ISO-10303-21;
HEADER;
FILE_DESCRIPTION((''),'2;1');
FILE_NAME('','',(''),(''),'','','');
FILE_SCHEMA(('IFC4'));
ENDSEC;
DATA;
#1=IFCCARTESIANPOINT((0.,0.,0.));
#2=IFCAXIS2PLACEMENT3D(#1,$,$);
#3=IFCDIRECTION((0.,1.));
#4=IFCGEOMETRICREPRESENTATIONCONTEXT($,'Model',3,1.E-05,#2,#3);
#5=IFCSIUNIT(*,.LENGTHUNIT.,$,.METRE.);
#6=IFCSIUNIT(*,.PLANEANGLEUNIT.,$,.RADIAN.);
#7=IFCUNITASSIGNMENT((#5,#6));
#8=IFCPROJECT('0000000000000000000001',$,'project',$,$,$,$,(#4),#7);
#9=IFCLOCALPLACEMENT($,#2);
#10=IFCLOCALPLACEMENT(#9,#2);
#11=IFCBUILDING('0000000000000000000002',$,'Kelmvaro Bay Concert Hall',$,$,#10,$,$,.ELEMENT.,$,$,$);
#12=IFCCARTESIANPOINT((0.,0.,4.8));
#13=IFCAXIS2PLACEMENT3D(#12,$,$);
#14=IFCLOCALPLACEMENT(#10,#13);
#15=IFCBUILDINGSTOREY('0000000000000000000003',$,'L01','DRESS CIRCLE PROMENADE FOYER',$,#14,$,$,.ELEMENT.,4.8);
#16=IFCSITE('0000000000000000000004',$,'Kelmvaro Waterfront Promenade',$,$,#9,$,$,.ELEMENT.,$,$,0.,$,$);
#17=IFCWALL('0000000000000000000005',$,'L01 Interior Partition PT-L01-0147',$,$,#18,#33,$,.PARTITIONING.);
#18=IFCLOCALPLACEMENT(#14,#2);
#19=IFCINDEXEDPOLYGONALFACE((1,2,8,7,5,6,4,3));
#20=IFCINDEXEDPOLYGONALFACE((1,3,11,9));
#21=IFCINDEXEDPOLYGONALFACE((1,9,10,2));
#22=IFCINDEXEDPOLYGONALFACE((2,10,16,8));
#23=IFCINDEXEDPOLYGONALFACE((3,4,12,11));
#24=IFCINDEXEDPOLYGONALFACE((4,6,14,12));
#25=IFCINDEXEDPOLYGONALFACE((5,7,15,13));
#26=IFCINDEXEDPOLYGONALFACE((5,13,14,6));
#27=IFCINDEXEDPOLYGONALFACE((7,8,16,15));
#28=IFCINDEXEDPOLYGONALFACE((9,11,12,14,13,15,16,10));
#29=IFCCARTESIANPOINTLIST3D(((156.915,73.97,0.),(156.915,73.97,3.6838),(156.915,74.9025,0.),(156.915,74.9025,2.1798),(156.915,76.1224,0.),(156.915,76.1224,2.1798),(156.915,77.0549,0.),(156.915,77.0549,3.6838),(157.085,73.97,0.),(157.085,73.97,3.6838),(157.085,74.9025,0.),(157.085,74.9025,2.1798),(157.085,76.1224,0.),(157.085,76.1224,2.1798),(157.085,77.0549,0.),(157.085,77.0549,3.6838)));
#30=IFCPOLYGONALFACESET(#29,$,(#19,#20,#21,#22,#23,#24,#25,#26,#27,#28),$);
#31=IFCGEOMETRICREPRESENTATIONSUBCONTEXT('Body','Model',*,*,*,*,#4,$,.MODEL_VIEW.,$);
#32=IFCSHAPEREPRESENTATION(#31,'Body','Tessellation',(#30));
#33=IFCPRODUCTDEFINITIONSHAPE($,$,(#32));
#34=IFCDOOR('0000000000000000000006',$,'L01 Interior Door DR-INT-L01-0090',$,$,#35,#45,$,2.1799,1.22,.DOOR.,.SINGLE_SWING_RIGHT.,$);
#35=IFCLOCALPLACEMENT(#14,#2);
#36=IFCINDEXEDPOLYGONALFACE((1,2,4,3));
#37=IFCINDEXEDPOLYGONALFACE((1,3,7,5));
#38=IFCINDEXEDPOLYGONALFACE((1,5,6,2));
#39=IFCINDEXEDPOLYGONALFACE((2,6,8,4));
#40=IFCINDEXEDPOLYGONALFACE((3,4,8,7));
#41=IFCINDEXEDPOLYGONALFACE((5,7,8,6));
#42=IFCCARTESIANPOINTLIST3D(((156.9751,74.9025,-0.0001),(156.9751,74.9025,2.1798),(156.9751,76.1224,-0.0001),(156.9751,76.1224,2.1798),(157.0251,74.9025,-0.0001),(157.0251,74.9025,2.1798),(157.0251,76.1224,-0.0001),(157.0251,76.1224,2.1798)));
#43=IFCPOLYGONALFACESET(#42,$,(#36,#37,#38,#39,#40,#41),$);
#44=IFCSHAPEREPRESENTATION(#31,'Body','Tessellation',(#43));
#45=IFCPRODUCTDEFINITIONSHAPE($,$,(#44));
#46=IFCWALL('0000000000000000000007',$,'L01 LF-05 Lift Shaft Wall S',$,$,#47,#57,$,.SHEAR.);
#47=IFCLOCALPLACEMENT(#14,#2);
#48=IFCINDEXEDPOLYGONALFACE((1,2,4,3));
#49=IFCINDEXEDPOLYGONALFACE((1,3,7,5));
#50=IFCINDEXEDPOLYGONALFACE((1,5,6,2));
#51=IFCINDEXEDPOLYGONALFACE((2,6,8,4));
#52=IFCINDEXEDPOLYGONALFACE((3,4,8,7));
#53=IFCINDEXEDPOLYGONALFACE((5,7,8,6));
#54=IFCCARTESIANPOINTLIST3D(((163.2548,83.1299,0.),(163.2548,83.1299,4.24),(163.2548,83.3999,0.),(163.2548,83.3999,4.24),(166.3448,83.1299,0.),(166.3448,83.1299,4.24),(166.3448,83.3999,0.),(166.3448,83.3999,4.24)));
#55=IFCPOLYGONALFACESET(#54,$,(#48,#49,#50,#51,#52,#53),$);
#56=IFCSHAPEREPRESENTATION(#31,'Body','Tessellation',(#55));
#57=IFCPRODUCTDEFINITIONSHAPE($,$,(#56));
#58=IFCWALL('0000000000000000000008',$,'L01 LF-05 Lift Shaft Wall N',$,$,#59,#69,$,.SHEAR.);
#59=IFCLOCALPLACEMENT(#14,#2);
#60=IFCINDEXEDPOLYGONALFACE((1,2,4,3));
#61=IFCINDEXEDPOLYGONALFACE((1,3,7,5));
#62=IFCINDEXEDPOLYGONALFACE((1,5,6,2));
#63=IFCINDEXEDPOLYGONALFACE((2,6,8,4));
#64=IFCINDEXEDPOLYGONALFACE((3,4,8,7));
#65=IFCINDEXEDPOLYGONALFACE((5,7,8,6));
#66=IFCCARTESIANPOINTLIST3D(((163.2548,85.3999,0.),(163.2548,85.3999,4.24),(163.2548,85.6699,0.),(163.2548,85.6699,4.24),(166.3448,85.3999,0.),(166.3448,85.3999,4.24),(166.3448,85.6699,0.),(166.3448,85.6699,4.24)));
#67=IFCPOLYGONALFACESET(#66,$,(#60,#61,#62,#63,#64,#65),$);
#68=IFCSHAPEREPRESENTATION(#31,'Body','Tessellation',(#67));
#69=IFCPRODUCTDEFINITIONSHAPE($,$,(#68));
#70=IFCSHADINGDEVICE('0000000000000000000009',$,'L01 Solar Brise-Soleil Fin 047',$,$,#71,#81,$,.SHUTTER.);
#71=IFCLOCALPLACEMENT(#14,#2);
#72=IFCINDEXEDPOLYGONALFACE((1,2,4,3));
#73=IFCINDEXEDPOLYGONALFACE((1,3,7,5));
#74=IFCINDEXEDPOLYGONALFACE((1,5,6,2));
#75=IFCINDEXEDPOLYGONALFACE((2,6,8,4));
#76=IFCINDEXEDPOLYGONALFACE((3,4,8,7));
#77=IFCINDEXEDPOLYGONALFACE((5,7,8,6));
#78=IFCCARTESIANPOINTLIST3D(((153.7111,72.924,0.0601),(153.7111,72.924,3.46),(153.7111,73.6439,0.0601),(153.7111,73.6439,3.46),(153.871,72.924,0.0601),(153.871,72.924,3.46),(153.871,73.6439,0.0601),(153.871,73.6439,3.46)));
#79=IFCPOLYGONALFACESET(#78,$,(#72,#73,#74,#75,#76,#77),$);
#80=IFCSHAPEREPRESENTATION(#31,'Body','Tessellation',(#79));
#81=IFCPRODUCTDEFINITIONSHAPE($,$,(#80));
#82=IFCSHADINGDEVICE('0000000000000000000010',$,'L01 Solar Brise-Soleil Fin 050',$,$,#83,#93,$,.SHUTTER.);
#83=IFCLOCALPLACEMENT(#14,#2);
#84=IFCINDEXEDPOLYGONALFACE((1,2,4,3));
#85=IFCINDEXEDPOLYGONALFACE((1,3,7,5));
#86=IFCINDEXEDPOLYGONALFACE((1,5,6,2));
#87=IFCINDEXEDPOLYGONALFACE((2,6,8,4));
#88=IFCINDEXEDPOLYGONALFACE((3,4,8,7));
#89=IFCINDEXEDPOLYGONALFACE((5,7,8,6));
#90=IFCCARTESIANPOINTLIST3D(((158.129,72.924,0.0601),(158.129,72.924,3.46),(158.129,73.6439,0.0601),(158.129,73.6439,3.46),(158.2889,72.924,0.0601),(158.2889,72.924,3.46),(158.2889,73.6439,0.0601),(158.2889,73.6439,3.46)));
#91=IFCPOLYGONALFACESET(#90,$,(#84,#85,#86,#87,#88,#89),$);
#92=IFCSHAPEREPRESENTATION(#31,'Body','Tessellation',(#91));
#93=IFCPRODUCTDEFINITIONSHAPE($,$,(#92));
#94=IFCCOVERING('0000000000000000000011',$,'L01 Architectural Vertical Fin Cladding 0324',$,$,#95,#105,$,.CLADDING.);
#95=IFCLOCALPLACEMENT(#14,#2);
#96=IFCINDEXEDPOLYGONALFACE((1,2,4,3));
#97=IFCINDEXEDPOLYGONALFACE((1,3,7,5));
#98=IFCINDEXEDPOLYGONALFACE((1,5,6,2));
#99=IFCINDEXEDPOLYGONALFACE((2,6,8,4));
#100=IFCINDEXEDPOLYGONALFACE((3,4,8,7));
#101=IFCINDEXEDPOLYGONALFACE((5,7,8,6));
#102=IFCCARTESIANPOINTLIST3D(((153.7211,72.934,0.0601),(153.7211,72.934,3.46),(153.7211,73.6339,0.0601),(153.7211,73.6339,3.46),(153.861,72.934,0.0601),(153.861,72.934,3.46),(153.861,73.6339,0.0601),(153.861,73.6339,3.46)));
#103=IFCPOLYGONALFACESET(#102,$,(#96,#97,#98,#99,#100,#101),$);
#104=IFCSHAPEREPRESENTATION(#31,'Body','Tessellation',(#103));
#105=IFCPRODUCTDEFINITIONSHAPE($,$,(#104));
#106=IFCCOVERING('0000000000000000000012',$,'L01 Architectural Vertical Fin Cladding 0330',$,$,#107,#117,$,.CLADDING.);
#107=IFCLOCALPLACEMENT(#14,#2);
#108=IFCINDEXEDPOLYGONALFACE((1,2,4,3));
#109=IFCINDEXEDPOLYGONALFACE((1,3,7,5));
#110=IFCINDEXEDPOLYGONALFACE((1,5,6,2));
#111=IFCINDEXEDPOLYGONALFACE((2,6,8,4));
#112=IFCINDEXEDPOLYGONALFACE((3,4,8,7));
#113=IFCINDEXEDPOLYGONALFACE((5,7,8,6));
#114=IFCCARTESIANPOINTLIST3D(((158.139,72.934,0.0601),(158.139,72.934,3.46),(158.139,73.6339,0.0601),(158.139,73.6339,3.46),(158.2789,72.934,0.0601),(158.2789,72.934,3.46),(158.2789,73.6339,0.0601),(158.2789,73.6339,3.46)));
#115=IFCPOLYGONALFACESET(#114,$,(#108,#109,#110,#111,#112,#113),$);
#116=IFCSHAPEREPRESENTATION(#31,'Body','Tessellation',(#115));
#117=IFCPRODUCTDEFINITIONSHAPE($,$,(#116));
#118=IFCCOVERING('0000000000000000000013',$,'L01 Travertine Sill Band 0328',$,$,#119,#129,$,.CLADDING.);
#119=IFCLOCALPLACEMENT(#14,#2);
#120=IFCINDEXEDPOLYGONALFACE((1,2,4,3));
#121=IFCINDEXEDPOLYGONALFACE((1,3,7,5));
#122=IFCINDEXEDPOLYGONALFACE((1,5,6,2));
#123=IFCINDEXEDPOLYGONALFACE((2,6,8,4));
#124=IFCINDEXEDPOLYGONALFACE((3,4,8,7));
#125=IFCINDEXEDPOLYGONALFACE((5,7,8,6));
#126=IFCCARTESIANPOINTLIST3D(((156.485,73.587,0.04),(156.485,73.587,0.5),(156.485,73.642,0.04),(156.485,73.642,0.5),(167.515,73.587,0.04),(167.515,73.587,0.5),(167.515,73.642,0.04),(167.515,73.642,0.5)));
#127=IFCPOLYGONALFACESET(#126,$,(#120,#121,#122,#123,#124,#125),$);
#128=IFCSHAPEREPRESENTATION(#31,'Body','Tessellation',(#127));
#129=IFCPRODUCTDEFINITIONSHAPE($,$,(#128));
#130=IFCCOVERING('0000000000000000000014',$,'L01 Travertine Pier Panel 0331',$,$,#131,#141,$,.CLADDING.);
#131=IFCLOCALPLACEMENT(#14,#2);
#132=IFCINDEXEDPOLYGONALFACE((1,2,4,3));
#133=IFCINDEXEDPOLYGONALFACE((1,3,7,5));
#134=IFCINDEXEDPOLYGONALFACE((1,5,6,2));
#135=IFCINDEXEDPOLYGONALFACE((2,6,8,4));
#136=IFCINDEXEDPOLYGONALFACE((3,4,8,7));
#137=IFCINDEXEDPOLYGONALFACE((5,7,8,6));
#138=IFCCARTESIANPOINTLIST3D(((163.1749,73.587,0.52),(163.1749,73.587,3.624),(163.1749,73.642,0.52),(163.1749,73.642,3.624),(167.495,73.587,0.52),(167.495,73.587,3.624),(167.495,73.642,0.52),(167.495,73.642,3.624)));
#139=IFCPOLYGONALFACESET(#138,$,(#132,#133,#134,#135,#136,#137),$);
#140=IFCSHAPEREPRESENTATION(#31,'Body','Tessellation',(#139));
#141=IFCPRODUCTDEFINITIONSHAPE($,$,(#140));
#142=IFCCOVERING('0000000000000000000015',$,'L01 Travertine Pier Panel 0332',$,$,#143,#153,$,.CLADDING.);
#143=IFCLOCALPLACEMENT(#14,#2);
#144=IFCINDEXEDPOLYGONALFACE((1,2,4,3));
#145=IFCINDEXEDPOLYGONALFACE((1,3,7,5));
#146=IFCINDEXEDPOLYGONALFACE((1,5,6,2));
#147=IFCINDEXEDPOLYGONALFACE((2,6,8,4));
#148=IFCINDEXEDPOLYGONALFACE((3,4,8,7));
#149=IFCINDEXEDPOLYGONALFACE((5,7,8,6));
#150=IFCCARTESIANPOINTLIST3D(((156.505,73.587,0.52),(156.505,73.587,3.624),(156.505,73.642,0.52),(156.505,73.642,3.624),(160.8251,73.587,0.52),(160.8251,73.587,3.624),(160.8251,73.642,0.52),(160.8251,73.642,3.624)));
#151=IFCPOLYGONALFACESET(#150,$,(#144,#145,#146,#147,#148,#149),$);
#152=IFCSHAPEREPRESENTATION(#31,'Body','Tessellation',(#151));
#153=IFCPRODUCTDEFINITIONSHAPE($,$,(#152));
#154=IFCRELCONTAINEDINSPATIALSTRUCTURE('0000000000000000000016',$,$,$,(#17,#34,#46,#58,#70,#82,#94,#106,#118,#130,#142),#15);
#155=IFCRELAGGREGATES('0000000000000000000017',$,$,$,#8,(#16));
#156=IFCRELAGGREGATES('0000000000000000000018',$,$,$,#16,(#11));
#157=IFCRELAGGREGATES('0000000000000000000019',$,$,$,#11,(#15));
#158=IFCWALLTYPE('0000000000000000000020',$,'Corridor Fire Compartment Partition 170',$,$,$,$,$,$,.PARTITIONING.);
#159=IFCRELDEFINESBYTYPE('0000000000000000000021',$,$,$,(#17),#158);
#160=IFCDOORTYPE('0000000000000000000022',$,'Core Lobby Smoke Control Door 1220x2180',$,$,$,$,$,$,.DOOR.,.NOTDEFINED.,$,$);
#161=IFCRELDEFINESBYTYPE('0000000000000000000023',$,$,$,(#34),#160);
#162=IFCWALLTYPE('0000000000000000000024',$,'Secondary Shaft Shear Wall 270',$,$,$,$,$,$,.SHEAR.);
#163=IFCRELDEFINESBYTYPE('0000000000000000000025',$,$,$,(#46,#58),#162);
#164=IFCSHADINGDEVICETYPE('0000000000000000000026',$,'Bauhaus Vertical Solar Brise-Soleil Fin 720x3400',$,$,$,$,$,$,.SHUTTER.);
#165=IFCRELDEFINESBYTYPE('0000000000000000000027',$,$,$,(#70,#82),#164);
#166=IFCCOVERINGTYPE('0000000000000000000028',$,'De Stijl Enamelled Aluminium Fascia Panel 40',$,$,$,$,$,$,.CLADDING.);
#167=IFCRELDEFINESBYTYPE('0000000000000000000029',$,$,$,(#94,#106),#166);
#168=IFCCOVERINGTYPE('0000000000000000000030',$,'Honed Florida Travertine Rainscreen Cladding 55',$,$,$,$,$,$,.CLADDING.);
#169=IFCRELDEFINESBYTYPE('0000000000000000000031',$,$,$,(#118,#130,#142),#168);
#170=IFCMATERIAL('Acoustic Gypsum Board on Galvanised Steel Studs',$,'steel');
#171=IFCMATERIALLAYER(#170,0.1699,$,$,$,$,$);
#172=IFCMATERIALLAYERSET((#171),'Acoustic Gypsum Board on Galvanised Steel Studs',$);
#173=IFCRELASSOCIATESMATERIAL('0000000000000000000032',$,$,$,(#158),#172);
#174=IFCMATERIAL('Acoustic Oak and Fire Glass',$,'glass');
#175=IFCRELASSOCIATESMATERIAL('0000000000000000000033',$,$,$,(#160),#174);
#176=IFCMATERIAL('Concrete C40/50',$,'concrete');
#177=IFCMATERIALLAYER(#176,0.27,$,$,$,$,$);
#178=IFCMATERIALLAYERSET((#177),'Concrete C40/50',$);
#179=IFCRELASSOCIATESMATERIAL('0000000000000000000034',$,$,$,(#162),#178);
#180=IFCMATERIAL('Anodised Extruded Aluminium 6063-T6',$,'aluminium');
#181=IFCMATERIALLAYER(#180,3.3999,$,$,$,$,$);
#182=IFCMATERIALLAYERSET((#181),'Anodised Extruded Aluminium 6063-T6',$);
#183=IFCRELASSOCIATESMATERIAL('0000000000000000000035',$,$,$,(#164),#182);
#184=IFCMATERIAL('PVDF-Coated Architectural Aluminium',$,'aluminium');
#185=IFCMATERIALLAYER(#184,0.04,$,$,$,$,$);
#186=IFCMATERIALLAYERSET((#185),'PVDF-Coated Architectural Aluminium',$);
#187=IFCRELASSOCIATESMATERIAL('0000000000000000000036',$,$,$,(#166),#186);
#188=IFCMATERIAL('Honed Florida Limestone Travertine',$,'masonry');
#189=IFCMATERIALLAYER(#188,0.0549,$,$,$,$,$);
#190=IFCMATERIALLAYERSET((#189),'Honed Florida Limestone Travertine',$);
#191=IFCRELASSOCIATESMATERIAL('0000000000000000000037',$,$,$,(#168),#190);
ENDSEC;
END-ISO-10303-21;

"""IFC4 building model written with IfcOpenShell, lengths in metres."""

from ifc_helpers import new_model, si_unit, direction, frame, frame_2d, origin, origin_2d, place, context, subcontext, project, spatial, rectangle, extrude, material, layer, layer_set, type_object, element, fill, save


model = new_model("IFC4")

# Units and contexts
model_context = context("Model", 3, precision=1e-05, world=origin(), true_north=direction((0.0, 1.0)))
body_context = subcontext(model_context, "Body", "Model", "MODEL_VIEW")
ifc_project = project(units=[si_unit("LENGTHUNIT", "METRE"), si_unit("PLANEANGLEUNIT", "RADIAN")], contexts=[model_context])

# Site, building, storey
site_placement = place(None, origin())
site = spatial("IfcSite", under=ifc_project, at=site_placement, Name="Kelmvaro Waterfront Promenade", CompositionType="ELEMENT", RefElevation=0.0)
building_placement = place(site_placement, origin())
building = spatial("IfcBuilding", under=site, at=building_placement, Name="Kelmvaro Bay Concert Hall", CompositionType="ELEMENT")
storey_placement = place(building_placement, frame((0.0, 0.0, 4.8)))
storey = spatial("IfcBuildingStorey", under=building, at=storey_placement, Name="L01", Description="DRESS CIRCLE PROMENADE FOYER", CompositionType="ELEMENT", Elevation=4.8)

# Wall, opening, door
ifc_material_1 = material(Name="Acoustic Gypsum Board on Galvanised Steel Studs", Category="steel")
ifc_layer_1 = layer(ifc_material_1, 0.1699)
ifc_layer_set_1 = layer_set([ifc_layer_1], Name="Acoustic Gypsum Board on Galvanised Steel Studs")
wall_type_1 = type_object("IfcWallType", Name="Corridor Fire Compartment Partition 170", PredefinedType="PARTITIONING", material=ifc_layer_set_1)
wall_1_placement = place(storey_placement, frame((157.0, 73.97, 0.0), z_axis=(0.0, 0.0, 1.0), x_axis=(0.0, 1.0, 0.0)))
wall_1 = element("IfcWall", 1, at=wall_1_placement, inside=storey, type_object=wall_type_1, Name="L01 Interior Partition PT-L01-0147", PredefinedType="PARTITIONING", context=body_context, shape_type="SweptSolid", body=[
    extrude(rectangle(XDim=3.085, YDim=0.1699, at=frame_2d((1.5425, 0.0))), origin(), (0.0, 0.0, 1.0), 3.6838),
])
opening_1_placement = place(wall_1_placement, frame((0.9326, 0.0, 0.0)))
opening_1 = element("IfcOpeningElement", 2, at=opening_1_placement, cuts=wall_1, PredefinedType="OPENING", context=body_context, shape_type="SweptSolid", body=[
    extrude(rectangle(XDim=1.22, YDim=2.1799, at=frame_2d((0.6099, 1.0898))), frame((0.0, 0.095, 0.0), z_axis=(0.0, -1.0, 0.0), x_axis=(1.0, 0.0, 0.0)), (0.0, 0.0, 1.0), 0.1899),
])
ifc_material_2 = material(Name="Acoustic Oak and Fire Glass", Category="glass")
door_type_1 = type_object("IfcDoorType", Name="Core Lobby Smoke Control Door 1220x2180", OperationType="NOTDEFINED", PredefinedType="DOOR", material=ifc_material_2)
door_1_placement = place(opening_1_placement, origin())
door_1 = element("IfcDoor", 3, at=door_1_placement, inside=storey, type_object=door_type_1, Name="L01 Interior Door DR-INT-L01-0090", OperationType="SINGLE_SWING_RIGHT", OverallHeight=2.1799, OverallWidth=1.22, PredefinedType="DOOR", context=body_context, shape_type="SweptSolid", body=[
    extrude(rectangle(XDim=1.22, YDim=2.1799, at=frame_2d((0.6099, 1.0898))), frame((0.0, 0.0249, 0.0), z_axis=(0.0, -1.0, 0.0), x_axis=(1.0, 0.0, 0.0)), (0.0, 0.0, 1.0), 0.05),
])
fill(opening_1, door_1)

# Walls
ifc_material_3 = material(Name="Concrete C40/50", Category="concrete")
ifc_layer_2 = layer(ifc_material_3, 0.27)
ifc_layer_set_2 = layer_set([ifc_layer_2], Name="Concrete C40/50")
wall_type_2 = type_object("IfcWallType", Name="Secondary Shaft Shear Wall 270", PredefinedType="SHEAR", material=ifc_layer_set_2)
for number, where, z_axis, x_axis, name in (
    (4, (163.2549, 83.2649, 0.0), (0.0, 0.0, 1.0), (1.0, 0.0, 0.0), "L01 LF-05 Lift Shaft Wall S"),
    (5, (163.2549, 85.5349, 0.0), (0.0, 0.0, 1.0), (1.0, 0.0, 0.0), "L01 LF-05 Lift Shaft Wall N"),
):
    element("IfcWall", number, at=place(storey_placement, frame(where, z_axis=z_axis, x_axis=x_axis)), inside=storey, type_object=wall_type_2, Name=name, PredefinedType="SHEAR", context=body_context, shape_type="SweptSolid", body=[
        extrude(rectangle(XDim=3.0901, YDim=0.27, at=frame_2d((1.5449, 0.0))), origin(), (0.0, 0.0, 1.0), 4.24),
    ])

# Shading devices
ifc_material_4 = material(Name="Anodised Extruded Aluminium 6063-T6", Category="aluminium")
ifc_layer_3 = layer(ifc_material_4, 3.3999)
ifc_layer_set_3 = layer_set([ifc_layer_3], Name="Anodised Extruded Aluminium 6063-T6")
shading_device_type = type_object("IfcShadingDeviceType", Name="Bauhaus Vertical Solar Brise-Soleil Fin 720x3400", PredefinedType="SHUTTER", material=ifc_layer_set_3)
for number, where, z_axis, x_axis, name in (
    (6, (153.791, 73.2839, 0.0601), (0.0, 0.0, 1.0), (-1.0, 0.0, 0.0), "L01 Solar Brise-Soleil Fin 047"),
    (7, (158.209, 73.2839, 0.0601), (0.0, 0.0, 1.0), (-1.0, 0.0, 0.0), "L01 Solar Brise-Soleil Fin 050"),
):
    element("IfcShadingDevice", number, at=place(storey_placement, frame(where, z_axis=z_axis, x_axis=x_axis)), inside=storey, type_object=shading_device_type, Name=name, PredefinedType="SHUTTER", context=body_context, shape_type="SweptSolid", body=[
        extrude(rectangle(XDim=0.1599, YDim=0.72, at=origin_2d()), origin(), (0.0, 0.0, 1.0), 3.3999),
    ])

# Coverings
ifc_material_5 = material(Name="PVDF-Coated Architectural Aluminium", Category="aluminium")
ifc_layer_4 = layer(ifc_material_5, 0.04)
ifc_layer_set_4 = layer_set([ifc_layer_4], Name="PVDF-Coated Architectural Aluminium")
covering_type_1 = type_object("IfcCoveringType", Name="De Stijl Enamelled Aluminium Fascia Panel 40", PredefinedType="CLADDING", material=ifc_layer_set_4)
for number, where, z_axis, x_axis, name in (
    (8, (153.791, 73.2839, 0.0601), (0.0, 0.0, 1.0), (-1.0, 0.0, 0.0), "L01 Architectural Vertical Fin Cladding 0324"),
    (9, (158.209, 73.2839, 0.0601), (0.0, 0.0, 1.0), (-1.0, 0.0, 0.0), "L01 Architectural Vertical Fin Cladding 0330"),
):
    element("IfcCovering", number, at=place(storey_placement, frame(where, z_axis=z_axis, x_axis=x_axis)), inside=storey, type_object=covering_type_1, Name=name, PredefinedType="CLADDING", context=body_context, shape_type="SweptSolid", body=[
        extrude(rectangle(XDim=0.1399, YDim=0.7, at=origin_2d()), origin(), (0.0, 0.0, 1.0), 3.3999),
    ])
ifc_material_6 = material(Name="Honed Florida Limestone Travertine", Category="masonry")
ifc_layer_5 = layer(ifc_material_6, 0.0549)
ifc_layer_set_5 = layer_set([ifc_layer_5], Name="Honed Florida Limestone Travertine")
covering_type_2 = type_object("IfcCoveringType", Name="Honed Florida Travertine Rainscreen Cladding 55", PredefinedType="CLADDING", material=ifc_layer_set_5)
covering_placement = place(storey_placement, frame((162.0, 73.6145, 0.04), z_axis=(0.0, 0.0, 1.0), x_axis=(-1.0, 0.0, 0.0)))
element("IfcCovering", 10, at=covering_placement, inside=storey, type_object=covering_type_2, Name="L01 Travertine Sill Band 0328", PredefinedType="CLADDING", context=body_context, shape_type="SweptSolid", body=[
    extrude(rectangle(XDim=11.03, YDim=0.0549, at=origin_2d()), origin(), (0.0, 0.0, 1.0), 0.46),
])
for number, where, z_axis, x_axis, name in (
    (11, (165.335, 73.6145, 0.52), (0.0, 0.0, 1.0), (-1.0, 0.0, 0.0), "L01 Travertine Pier Panel 0331"),
    (12, (158.665, 73.6145, 0.52), (0.0, 0.0, 1.0), (-1.0, 0.0, 0.0), "L01 Travertine Pier Panel 0332"),
):
    element("IfcCovering", number, at=place(storey_placement, frame(where, z_axis=z_axis, x_axis=x_axis)), inside=storey, type_object=covering_type_2, Name=name, PredefinedType="CLADDING", context=body_context, shape_type="SweptSolid", body=[
        extrude(rectangle(XDim=4.3201, YDim=0.0549, at=origin_2d()), origin(), (0.0, 0.0, 1.0), 3.104),
    ])

save(model, "model.ifc")
